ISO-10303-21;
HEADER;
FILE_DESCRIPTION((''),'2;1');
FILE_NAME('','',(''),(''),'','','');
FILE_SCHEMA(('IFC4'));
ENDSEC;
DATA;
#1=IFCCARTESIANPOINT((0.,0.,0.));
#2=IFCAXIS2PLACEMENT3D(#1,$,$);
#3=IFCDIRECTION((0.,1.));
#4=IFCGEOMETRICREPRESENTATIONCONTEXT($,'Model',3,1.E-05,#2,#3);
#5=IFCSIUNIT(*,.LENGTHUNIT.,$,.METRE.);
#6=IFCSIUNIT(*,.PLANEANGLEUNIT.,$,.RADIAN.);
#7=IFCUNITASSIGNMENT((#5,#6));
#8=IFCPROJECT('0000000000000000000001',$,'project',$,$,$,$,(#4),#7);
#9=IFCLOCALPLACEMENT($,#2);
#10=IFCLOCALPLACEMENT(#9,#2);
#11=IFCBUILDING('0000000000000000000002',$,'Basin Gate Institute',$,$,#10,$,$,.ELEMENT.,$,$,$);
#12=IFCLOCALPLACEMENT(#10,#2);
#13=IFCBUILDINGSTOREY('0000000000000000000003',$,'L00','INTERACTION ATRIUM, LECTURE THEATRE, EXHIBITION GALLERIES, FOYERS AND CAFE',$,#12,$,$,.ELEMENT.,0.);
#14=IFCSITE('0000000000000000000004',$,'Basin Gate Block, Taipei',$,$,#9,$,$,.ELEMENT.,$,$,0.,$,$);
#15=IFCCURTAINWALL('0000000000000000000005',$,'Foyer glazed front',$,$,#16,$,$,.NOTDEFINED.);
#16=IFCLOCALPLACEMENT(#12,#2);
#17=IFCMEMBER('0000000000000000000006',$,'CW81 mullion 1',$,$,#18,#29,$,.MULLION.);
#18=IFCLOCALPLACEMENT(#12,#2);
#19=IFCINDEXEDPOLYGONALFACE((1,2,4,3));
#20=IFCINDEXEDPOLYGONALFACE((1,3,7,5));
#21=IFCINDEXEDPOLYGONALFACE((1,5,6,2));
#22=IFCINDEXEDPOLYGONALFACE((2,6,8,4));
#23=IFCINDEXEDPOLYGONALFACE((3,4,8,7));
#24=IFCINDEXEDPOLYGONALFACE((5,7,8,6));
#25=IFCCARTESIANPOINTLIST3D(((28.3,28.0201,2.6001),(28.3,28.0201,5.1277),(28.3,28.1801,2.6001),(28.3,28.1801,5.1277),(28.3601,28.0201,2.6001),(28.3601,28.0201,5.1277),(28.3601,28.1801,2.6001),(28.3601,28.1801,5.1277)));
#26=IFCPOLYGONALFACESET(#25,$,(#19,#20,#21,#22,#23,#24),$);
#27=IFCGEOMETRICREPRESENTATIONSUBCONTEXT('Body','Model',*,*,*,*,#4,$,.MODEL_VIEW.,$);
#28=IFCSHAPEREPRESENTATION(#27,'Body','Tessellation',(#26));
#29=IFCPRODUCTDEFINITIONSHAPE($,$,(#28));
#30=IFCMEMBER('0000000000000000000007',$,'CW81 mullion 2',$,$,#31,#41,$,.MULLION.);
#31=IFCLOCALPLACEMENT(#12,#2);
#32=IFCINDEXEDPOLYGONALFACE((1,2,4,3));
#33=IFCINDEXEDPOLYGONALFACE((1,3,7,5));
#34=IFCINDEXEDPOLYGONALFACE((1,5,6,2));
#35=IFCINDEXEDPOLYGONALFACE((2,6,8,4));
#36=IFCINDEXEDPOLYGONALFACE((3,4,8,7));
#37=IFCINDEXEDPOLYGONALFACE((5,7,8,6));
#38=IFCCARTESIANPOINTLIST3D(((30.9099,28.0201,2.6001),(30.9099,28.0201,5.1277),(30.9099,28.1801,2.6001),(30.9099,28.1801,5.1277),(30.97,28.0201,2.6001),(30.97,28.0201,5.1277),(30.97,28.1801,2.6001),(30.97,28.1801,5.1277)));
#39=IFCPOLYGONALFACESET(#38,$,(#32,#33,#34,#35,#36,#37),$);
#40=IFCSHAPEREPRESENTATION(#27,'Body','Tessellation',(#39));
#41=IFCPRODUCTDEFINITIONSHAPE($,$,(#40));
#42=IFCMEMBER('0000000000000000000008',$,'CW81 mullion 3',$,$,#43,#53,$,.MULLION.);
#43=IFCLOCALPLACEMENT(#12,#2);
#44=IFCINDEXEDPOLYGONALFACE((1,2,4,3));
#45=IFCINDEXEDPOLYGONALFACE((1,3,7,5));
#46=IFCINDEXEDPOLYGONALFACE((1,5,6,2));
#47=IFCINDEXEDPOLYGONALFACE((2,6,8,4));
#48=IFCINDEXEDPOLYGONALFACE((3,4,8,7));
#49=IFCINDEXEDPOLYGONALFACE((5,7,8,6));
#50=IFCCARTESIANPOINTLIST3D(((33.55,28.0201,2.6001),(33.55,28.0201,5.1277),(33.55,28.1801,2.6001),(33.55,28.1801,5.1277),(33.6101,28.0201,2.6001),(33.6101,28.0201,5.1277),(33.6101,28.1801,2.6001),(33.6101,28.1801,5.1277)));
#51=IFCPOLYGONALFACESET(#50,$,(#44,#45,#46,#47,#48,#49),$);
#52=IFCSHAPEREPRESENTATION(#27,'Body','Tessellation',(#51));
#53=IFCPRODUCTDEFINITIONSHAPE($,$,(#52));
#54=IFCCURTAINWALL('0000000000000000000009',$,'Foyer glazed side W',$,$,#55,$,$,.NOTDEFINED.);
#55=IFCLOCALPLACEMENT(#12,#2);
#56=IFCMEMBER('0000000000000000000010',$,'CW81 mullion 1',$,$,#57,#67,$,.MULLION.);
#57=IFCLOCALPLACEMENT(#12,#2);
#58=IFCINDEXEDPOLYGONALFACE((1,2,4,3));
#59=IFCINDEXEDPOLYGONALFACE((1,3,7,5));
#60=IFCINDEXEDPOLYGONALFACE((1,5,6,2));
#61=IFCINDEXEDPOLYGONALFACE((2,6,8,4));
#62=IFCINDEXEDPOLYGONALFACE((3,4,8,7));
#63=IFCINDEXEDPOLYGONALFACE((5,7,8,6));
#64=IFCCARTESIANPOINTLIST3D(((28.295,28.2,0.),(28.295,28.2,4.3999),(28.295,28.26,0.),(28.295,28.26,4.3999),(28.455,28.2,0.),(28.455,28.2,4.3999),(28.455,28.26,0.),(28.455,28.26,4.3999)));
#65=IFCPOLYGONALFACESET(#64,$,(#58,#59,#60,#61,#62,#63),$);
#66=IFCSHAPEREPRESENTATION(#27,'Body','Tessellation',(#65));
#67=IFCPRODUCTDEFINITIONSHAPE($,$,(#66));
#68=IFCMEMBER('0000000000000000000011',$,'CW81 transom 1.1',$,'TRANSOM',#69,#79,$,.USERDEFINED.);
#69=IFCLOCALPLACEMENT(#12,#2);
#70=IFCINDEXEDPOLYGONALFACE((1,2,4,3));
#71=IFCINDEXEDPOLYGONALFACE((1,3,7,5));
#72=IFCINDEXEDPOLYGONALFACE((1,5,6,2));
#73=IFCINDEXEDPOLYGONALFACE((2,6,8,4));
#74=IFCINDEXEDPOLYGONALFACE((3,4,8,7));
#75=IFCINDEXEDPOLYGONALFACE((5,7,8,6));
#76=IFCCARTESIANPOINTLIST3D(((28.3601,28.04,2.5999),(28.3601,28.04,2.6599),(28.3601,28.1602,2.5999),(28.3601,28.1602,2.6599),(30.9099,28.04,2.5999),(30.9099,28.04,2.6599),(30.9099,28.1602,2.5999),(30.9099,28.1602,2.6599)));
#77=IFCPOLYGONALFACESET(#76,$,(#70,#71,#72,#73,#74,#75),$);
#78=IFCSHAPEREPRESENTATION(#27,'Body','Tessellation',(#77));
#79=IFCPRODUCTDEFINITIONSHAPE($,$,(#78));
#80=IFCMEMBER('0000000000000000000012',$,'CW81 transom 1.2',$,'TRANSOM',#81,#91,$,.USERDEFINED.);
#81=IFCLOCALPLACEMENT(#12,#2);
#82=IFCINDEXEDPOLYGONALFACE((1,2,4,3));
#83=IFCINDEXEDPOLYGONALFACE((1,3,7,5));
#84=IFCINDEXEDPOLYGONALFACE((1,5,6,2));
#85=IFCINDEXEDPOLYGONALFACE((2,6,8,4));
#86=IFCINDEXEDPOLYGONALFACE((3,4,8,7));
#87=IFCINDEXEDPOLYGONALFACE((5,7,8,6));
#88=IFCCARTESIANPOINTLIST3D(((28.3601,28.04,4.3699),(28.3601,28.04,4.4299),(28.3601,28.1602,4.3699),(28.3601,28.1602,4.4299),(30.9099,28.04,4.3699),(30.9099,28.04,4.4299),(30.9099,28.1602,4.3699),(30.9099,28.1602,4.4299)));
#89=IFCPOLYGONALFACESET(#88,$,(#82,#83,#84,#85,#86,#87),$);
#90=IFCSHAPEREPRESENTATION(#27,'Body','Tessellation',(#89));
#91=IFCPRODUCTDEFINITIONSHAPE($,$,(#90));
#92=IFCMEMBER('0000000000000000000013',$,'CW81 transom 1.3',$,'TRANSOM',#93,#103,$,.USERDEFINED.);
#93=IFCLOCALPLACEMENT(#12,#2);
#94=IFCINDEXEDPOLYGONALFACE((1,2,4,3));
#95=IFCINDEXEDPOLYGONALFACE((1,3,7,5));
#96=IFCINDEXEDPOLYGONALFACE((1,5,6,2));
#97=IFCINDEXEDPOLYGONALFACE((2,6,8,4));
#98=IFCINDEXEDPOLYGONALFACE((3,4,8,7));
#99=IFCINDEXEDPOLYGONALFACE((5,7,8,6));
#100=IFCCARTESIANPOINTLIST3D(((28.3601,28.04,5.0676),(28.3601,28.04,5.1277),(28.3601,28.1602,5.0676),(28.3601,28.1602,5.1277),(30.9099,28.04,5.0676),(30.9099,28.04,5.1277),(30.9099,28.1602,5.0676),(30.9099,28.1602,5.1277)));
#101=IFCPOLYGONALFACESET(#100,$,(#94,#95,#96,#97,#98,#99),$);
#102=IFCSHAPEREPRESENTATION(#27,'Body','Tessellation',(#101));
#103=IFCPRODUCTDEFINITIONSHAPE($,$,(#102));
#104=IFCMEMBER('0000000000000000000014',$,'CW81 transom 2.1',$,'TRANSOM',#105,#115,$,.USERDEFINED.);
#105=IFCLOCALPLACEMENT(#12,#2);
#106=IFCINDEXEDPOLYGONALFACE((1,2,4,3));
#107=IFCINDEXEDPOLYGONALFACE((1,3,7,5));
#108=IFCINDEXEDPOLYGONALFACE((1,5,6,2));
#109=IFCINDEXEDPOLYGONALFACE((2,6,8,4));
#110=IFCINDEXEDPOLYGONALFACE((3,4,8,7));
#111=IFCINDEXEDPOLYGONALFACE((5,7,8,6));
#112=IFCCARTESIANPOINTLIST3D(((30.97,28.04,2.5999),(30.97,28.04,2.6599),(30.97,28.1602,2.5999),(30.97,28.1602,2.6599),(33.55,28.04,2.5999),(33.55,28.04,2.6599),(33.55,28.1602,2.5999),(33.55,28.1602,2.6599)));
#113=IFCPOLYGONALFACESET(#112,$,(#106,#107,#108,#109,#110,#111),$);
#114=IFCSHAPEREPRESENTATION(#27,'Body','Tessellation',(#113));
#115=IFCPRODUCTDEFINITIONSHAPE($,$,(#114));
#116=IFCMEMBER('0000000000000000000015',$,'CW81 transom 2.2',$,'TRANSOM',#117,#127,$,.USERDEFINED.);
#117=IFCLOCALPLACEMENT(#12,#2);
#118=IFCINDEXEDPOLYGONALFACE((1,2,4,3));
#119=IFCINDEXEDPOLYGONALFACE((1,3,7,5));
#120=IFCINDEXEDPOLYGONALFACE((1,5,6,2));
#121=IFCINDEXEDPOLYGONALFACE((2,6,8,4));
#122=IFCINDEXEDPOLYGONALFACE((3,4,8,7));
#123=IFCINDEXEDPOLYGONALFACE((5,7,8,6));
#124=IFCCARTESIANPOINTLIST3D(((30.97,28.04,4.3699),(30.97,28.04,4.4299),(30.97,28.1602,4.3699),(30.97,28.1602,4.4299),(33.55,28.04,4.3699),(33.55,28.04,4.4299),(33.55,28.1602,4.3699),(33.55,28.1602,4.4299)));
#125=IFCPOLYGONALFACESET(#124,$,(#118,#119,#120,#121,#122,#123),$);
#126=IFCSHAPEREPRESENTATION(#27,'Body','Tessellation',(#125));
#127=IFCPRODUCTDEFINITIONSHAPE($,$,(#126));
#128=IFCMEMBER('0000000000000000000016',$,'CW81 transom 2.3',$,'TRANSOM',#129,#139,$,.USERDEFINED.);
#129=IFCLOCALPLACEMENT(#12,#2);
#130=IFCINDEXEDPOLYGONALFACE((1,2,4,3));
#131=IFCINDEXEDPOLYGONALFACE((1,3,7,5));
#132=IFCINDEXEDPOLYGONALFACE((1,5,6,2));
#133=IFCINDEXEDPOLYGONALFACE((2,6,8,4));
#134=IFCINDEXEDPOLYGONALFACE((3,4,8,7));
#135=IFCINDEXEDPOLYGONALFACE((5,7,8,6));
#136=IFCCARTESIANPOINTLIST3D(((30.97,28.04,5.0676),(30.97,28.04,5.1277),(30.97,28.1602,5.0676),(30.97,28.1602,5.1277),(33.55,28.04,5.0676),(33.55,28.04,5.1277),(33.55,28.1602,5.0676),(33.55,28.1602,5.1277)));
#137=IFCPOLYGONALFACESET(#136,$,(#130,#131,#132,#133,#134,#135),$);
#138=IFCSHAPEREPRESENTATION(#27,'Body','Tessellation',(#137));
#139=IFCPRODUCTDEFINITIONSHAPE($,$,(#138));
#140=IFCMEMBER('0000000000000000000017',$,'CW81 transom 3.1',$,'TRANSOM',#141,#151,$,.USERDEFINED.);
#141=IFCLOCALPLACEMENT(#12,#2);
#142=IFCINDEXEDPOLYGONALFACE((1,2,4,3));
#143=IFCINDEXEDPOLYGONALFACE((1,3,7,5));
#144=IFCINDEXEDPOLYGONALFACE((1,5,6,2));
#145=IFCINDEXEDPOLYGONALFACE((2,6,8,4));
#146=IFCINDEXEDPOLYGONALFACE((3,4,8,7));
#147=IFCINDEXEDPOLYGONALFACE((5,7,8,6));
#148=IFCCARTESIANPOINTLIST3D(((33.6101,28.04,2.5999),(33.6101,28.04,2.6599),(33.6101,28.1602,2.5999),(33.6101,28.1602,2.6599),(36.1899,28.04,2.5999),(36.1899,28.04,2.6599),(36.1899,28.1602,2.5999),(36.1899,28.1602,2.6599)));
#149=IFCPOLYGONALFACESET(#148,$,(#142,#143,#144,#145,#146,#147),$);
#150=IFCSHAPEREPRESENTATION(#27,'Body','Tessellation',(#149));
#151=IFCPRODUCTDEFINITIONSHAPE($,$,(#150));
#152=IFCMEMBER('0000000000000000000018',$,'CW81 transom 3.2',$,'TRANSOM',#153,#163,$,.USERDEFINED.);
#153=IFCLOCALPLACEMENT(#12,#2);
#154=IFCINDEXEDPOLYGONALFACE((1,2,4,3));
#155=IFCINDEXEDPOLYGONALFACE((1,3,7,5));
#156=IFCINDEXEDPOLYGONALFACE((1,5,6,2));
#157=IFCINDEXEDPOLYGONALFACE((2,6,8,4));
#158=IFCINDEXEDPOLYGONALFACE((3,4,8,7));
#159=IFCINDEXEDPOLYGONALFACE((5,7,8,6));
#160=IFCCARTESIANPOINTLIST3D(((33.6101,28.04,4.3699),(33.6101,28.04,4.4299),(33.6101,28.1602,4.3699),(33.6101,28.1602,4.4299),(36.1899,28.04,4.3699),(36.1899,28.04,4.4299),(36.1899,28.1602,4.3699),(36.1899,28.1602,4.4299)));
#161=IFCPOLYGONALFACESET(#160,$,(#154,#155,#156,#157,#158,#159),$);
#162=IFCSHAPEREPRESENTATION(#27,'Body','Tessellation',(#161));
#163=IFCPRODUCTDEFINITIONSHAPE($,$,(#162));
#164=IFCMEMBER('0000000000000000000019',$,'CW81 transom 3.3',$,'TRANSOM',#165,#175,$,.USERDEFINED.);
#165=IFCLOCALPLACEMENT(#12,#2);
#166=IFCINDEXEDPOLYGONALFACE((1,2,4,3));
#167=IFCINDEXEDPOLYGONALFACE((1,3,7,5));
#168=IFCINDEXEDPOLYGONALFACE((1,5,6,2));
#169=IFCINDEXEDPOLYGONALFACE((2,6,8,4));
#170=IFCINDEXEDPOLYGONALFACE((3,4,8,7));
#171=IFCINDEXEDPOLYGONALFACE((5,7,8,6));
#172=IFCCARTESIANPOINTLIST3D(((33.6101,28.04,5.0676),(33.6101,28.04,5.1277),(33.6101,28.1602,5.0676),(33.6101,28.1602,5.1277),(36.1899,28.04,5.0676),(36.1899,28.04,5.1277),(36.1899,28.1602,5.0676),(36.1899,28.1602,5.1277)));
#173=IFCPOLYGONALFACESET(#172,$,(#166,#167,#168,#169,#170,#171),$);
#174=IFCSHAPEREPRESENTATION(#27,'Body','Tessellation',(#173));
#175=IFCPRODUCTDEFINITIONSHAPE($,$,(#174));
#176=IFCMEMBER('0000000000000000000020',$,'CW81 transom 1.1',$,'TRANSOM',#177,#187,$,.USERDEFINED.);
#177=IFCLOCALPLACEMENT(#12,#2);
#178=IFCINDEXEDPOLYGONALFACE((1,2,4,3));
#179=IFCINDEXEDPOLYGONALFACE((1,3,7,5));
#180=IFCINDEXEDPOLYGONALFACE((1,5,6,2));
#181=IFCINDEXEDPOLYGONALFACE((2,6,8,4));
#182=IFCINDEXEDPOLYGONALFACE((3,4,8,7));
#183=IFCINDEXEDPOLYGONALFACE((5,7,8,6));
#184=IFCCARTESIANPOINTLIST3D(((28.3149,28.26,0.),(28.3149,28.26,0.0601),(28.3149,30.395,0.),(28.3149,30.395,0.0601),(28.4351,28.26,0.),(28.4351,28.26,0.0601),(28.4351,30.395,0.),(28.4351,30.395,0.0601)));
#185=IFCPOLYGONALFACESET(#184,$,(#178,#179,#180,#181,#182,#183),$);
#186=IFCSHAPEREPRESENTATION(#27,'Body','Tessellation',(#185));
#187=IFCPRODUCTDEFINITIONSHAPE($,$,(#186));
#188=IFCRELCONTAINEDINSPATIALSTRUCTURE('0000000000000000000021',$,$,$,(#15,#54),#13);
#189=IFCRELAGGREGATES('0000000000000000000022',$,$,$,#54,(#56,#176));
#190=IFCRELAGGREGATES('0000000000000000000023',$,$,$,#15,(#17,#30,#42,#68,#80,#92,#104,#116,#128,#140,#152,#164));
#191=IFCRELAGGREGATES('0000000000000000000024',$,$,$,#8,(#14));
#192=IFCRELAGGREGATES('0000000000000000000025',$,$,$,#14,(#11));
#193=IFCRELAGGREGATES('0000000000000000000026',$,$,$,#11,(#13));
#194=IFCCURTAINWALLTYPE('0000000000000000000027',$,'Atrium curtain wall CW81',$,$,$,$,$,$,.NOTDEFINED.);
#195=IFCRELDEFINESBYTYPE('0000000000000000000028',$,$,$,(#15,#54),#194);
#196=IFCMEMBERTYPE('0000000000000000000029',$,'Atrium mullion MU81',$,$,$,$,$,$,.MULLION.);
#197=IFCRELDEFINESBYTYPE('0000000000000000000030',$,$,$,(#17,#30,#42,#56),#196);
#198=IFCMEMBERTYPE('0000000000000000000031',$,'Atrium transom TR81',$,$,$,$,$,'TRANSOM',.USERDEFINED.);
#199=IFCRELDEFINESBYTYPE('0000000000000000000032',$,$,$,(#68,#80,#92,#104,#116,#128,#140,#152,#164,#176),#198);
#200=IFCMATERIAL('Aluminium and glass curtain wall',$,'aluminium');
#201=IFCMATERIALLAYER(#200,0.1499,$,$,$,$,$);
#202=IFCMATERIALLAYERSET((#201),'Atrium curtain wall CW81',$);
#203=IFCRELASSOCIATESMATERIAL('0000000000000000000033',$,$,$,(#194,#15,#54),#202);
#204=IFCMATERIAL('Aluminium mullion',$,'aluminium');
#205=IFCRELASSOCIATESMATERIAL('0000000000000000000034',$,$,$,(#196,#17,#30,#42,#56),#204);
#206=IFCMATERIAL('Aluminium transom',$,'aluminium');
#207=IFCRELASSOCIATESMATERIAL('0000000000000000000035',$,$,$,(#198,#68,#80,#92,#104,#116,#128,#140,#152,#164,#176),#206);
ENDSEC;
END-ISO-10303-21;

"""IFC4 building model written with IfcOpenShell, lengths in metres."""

from ifc_helpers import new_model, si_unit, direction, frame, origin, origin_2d, place, context, subcontext, project, spatial, rectangle, extrude, material, layer, layer_set, material_profile, profile_set, type_object, element, aggregate, save


model = new_model("IFC4")

# Units and contexts
model_context = context("Model", 3, precision=1e-05, world=origin(), true_north=direction((0.0, 1.0)))
body_context = subcontext(model_context, "Body", "Model", "MODEL_VIEW")
ifc_project = project(units=[si_unit("LENGTHUNIT", "METRE"), si_unit("PLANEANGLEUNIT", "RADIAN")], contexts=[model_context])

# Site, building, storey
site_placement = place(None, origin())
site = spatial("IfcSite", under=ifc_project, at=site_placement, Name="Basin Gate Block, Taipei", CompositionType="ELEMENT", RefElevation=0.0)
building_placement = place(site_placement, origin())
building = spatial("IfcBuilding", under=site, at=building_placement, Name="Basin Gate Institute", CompositionType="ELEMENT")
storey_placement = place(building_placement, origin())
storey = spatial("IfcBuildingStorey", under=building, at=storey_placement, Name="L00", Description="INTERACTION ATRIUM, LECTURE THEATRE, EXHIBITION GALLERIES, FOYERS AND CAFE", CompositionType="ELEMENT", Elevation=0.0)

# Curtain wall, members
ifc_material_1 = material(Name="Aluminium and glass curtain wall", Category="aluminium")
ifc_layer_1 = layer(ifc_material_1, 0.1499)
ifc_layer_set_1 = layer_set([ifc_layer_1], Name="Atrium curtain wall CW81")
curtain_wall_type = type_object("IfcCurtainWallType", Name="Atrium curtain wall CW81", PredefinedType="NOTDEFINED", material=ifc_layer_set_1)
curtain_wall_1_placement = place(storey_placement, origin())
curtain_wall_1 = element("IfcCurtainWall", 1, at=curtain_wall_1_placement, inside=storey, type_object=curtain_wall_type, material=ifc_layer_set_1, Name="Foyer glazed front", PredefinedType="NOTDEFINED")
ifc_material_2 = material(Name="Aluminium mullion", Category="aluminium")
ifc_material_profile_1 = material_profile(ifc_material_2, rectangle(XDim=0.1599, YDim=0.0601, at=origin_2d()), Name="Atrium mullion MU81 160 x 60")
ifc_profile_set_1 = profile_set([ifc_material_profile_1], Name="Aluminium mullion")
member_type_1 = type_object("IfcMemberType", Name="Atrium mullion MU81", PredefinedType="MULLION", material=ifc_profile_set_1)
member_1_placement = place(storey_placement, frame((28.3301, 28.1001, 2.6001), z_axis=(0.0, 0.0, 1.0), x_axis=(0.0, 1.0, 0.0)))
member_1 = element("IfcMember", 2, at=member_1_placement, type_object=member_type_1, material=ifc_profile_set_1, Name="CW81 mullion 1", PredefinedType="MULLION", context=body_context, shape_type="SweptSolid", body=[
    extrude(rectangle(XDim=0.1599, YDim=0.0601, at=origin_2d()), origin(), (0.0, 0.0, 1.0), 2.5276),
])
member_2_placement = place(storey_placement, frame((30.9399, 28.1001, 2.6001), z_axis=(0.0, 0.0, 1.0), x_axis=(0.0, 1.0, 0.0)))
member_2 = element("IfcMember", 3, at=member_2_placement, type_object=member_type_1, material=ifc_profile_set_1, Name="CW81 mullion 2", PredefinedType="MULLION", context=body_context, shape_type="SweptSolid", body=[
    extrude(rectangle(XDim=0.1599, YDim=0.0601, at=origin_2d()), origin(), (0.0, 0.0, 1.0), 2.5276),
])
member_3_placement = place(storey_placement, frame((33.5801, 28.1001, 2.6001), z_axis=(0.0, 0.0, 1.0), x_axis=(0.0, 1.0, 0.0)))
member_3 = element("IfcMember", 4, at=member_3_placement, type_object=member_type_1, material=ifc_profile_set_1, Name="CW81 mullion 3", PredefinedType="MULLION", context=body_context, shape_type="SweptSolid", body=[
    extrude(rectangle(XDim=0.1599, YDim=0.0601, at=origin_2d()), origin(), (0.0, 0.0, 1.0), 2.5276),
])

# Curtain wall, member
curtain_wall_2_placement = place(storey_placement, origin())
curtain_wall_2 = element("IfcCurtainWall", 5, at=curtain_wall_2_placement, inside=storey, type_object=curtain_wall_type, material=ifc_layer_set_1, Name="Foyer glazed side W", PredefinedType="NOTDEFINED")
member_4_placement = place(storey_placement, frame((28.375, 28.23, 0.0), z_axis=(0.0, 0.0, 1.0), x_axis=(-1.0, 0.0, 0.0)))
member_4 = element("IfcMember", 6, at=member_4_placement, type_object=member_type_1, material=ifc_profile_set_1, Name="CW81 mullion 1", PredefinedType="MULLION", context=body_context, shape_type="SweptSolid", body=[
    extrude(rectangle(XDim=0.1599, YDim=0.0601, at=origin_2d()), origin(), (0.0, 0.0, 1.0), 4.3999),
])

# Members
ifc_material_3 = material(Name="Aluminium transom", Category="aluminium")
ifc_material_profile_2 = material_profile(ifc_material_3, rectangle(XDim=0.1201, YDim=0.0601, at=origin_2d()), Name="Atrium transom TR81 120 x 60")
ifc_profile_set_2 = profile_set([ifc_material_profile_2], Name="Aluminium transom")
member_type_2 = type_object("IfcMemberType", Name="Atrium transom TR81", ElementType="TRANSOM", PredefinedType="USERDEFINED", material=ifc_profile_set_2)
member_5_placement = place(storey_placement, frame((28.3601, 28.1001, 2.6299), z_axis=(1.0, 0.0, 0.0), x_axis=(0.0, 1.0, 0.0)))
member_5 = element("IfcMember", 7, at=member_5_placement, type_object=member_type_2, material=ifc_profile_set_2, Name="CW81 transom 1.1", ObjectType="TRANSOM", PredefinedType="USERDEFINED", context=body_context, shape_type="SweptSolid", body=[
    extrude(rectangle(XDim=0.1201, YDim=0.0601, at=origin_2d()), origin(), (0.0, 0.0, 1.0), 2.5498),
])
member_6_placement = place(storey_placement, frame((28.3601, 28.1001, 4.3999), z_axis=(1.0, 0.0, 0.0), x_axis=(0.0, 1.0, 0.0)))
member_6 = element("IfcMember", 8, at=member_6_placement, type_object=member_type_2, material=ifc_profile_set_2, Name="CW81 transom 1.2", ObjectType="TRANSOM", PredefinedType="USERDEFINED", context=body_context, shape_type="SweptSolid", body=[
    extrude(rectangle(XDim=0.1201, YDim=0.0601, at=origin_2d()), origin(), (0.0, 0.0, 1.0), 2.5498),
])
member_7_placement = place(storey_placement, frame((28.3601, 28.1001, 5.0977), z_axis=(1.0, 0.0, 0.0), x_axis=(0.0, 1.0, 0.0)))
member_7 = element("IfcMember", 9, at=member_7_placement, type_object=member_type_2, material=ifc_profile_set_2, Name="CW81 transom 1.3", ObjectType="TRANSOM", PredefinedType="USERDEFINED", context=body_context, shape_type="SweptSolid", body=[
    extrude(rectangle(XDim=0.1201, YDim=0.0601, at=origin_2d()), origin(), (0.0, 0.0, 1.0), 2.5498),
])
member_8_placement = place(storey_placement, frame((30.97, 28.1001, 2.6299), z_axis=(1.0, 0.0, 0.0), x_axis=(0.0, 1.0, 0.0)))
member_8 = element("IfcMember", 10, at=member_8_placement, type_object=member_type_2, material=ifc_profile_set_2, Name="CW81 transom 2.1", ObjectType="TRANSOM", PredefinedType="USERDEFINED", context=body_context, shape_type="SweptSolid", body=[
    extrude(rectangle(XDim=0.1201, YDim=0.0601, at=origin_2d()), origin(), (0.0, 0.0, 1.0), 2.5801),
])
member_9_placement = place(storey_placement, frame((30.97, 28.1001, 4.3999), z_axis=(1.0, 0.0, 0.0), x_axis=(0.0, 1.0, 0.0)))
member_9 = element("IfcMember", 11, at=member_9_placement, type_object=member_type_2, material=ifc_profile_set_2, Name="CW81 transom 2.2", ObjectType="TRANSOM", PredefinedType="USERDEFINED", context=body_context, shape_type="SweptSolid", body=[
    extrude(rectangle(XDim=0.1201, YDim=0.0601, at=origin_2d()), origin(), (0.0, 0.0, 1.0), 2.5801),
])
member_10_placement = place(storey_placement, frame((30.97, 28.1001, 5.0977), z_axis=(1.0, 0.0, 0.0), x_axis=(0.0, 1.0, 0.0)))
member_10 = element("IfcMember", 12, at=member_10_placement, type_object=member_type_2, material=ifc_profile_set_2, Name="CW81 transom 2.3", ObjectType="TRANSOM", PredefinedType="USERDEFINED", context=body_context, shape_type="SweptSolid", body=[
    extrude(rectangle(XDim=0.1201, YDim=0.0601, at=origin_2d()), origin(), (0.0, 0.0, 1.0), 2.5801),
])
member_11_placement = place(storey_placement, frame((33.6101, 28.1001, 2.6299), z_axis=(1.0, 0.0, 0.0), x_axis=(0.0, 1.0, 0.0)))
member_11 = element("IfcMember", 13, at=member_11_placement, type_object=member_type_2, material=ifc_profile_set_2, Name="CW81 transom 3.1", ObjectType="TRANSOM", PredefinedType="USERDEFINED", context=body_context, shape_type="SweptSolid", body=[
    extrude(rectangle(XDim=0.1201, YDim=0.0601, at=origin_2d()), origin(), (0.0, 0.0, 1.0), 2.5798),
])
member_12_placement = place(storey_placement, frame((33.6101, 28.1001, 4.3999), z_axis=(1.0, 0.0, 0.0), x_axis=(0.0, 1.0, 0.0)))
member_12 = element("IfcMember", 14, at=member_12_placement, type_object=member_type_2, material=ifc_profile_set_2, Name="CW81 transom 3.2", ObjectType="TRANSOM", PredefinedType="USERDEFINED", context=body_context, shape_type="SweptSolid", body=[
    extrude(rectangle(XDim=0.1201, YDim=0.0601, at=origin_2d()), origin(), (0.0, 0.0, 1.0), 2.5798),
])
member_13_placement = place(storey_placement, frame((33.6101, 28.1001, 5.0977), z_axis=(1.0, 0.0, 0.0), x_axis=(0.0, 1.0, 0.0)))
member_13 = element("IfcMember", 15, at=member_13_placement, type_object=member_type_2, material=ifc_profile_set_2, Name="CW81 transom 3.3", ObjectType="TRANSOM", PredefinedType="USERDEFINED", context=body_context, shape_type="SweptSolid", body=[
    extrude(rectangle(XDim=0.1201, YDim=0.0601, at=origin_2d()), origin(), (0.0, 0.0, 1.0), 2.5798),
])
member_14_placement = place(storey_placement, frame((28.375, 28.26, 0.03), z_axis=(0.0, 1.0, 0.0), x_axis=(-1.0, 0.0, 0.0)))
member_14 = element("IfcMember", 16, at=member_14_placement, type_object=member_type_2, material=ifc_profile_set_2, Name="CW81 transom 1.1", ObjectType="TRANSOM", PredefinedType="USERDEFINED", context=body_context, shape_type="SweptSolid", body=[
    extrude(rectangle(XDim=0.1201, YDim=0.0601, at=origin_2d()), origin(), (0.0, 0.0, 1.0), 2.135),
])
aggregate(curtain_wall_2, [member_4, member_14])

aggregate(curtain_wall_1, [member_1, member_2, member_3, member_5, member_6, member_7, member_8, member_9, member_10, member_11, member_12, member_13])

save(model, "model.ifc")
